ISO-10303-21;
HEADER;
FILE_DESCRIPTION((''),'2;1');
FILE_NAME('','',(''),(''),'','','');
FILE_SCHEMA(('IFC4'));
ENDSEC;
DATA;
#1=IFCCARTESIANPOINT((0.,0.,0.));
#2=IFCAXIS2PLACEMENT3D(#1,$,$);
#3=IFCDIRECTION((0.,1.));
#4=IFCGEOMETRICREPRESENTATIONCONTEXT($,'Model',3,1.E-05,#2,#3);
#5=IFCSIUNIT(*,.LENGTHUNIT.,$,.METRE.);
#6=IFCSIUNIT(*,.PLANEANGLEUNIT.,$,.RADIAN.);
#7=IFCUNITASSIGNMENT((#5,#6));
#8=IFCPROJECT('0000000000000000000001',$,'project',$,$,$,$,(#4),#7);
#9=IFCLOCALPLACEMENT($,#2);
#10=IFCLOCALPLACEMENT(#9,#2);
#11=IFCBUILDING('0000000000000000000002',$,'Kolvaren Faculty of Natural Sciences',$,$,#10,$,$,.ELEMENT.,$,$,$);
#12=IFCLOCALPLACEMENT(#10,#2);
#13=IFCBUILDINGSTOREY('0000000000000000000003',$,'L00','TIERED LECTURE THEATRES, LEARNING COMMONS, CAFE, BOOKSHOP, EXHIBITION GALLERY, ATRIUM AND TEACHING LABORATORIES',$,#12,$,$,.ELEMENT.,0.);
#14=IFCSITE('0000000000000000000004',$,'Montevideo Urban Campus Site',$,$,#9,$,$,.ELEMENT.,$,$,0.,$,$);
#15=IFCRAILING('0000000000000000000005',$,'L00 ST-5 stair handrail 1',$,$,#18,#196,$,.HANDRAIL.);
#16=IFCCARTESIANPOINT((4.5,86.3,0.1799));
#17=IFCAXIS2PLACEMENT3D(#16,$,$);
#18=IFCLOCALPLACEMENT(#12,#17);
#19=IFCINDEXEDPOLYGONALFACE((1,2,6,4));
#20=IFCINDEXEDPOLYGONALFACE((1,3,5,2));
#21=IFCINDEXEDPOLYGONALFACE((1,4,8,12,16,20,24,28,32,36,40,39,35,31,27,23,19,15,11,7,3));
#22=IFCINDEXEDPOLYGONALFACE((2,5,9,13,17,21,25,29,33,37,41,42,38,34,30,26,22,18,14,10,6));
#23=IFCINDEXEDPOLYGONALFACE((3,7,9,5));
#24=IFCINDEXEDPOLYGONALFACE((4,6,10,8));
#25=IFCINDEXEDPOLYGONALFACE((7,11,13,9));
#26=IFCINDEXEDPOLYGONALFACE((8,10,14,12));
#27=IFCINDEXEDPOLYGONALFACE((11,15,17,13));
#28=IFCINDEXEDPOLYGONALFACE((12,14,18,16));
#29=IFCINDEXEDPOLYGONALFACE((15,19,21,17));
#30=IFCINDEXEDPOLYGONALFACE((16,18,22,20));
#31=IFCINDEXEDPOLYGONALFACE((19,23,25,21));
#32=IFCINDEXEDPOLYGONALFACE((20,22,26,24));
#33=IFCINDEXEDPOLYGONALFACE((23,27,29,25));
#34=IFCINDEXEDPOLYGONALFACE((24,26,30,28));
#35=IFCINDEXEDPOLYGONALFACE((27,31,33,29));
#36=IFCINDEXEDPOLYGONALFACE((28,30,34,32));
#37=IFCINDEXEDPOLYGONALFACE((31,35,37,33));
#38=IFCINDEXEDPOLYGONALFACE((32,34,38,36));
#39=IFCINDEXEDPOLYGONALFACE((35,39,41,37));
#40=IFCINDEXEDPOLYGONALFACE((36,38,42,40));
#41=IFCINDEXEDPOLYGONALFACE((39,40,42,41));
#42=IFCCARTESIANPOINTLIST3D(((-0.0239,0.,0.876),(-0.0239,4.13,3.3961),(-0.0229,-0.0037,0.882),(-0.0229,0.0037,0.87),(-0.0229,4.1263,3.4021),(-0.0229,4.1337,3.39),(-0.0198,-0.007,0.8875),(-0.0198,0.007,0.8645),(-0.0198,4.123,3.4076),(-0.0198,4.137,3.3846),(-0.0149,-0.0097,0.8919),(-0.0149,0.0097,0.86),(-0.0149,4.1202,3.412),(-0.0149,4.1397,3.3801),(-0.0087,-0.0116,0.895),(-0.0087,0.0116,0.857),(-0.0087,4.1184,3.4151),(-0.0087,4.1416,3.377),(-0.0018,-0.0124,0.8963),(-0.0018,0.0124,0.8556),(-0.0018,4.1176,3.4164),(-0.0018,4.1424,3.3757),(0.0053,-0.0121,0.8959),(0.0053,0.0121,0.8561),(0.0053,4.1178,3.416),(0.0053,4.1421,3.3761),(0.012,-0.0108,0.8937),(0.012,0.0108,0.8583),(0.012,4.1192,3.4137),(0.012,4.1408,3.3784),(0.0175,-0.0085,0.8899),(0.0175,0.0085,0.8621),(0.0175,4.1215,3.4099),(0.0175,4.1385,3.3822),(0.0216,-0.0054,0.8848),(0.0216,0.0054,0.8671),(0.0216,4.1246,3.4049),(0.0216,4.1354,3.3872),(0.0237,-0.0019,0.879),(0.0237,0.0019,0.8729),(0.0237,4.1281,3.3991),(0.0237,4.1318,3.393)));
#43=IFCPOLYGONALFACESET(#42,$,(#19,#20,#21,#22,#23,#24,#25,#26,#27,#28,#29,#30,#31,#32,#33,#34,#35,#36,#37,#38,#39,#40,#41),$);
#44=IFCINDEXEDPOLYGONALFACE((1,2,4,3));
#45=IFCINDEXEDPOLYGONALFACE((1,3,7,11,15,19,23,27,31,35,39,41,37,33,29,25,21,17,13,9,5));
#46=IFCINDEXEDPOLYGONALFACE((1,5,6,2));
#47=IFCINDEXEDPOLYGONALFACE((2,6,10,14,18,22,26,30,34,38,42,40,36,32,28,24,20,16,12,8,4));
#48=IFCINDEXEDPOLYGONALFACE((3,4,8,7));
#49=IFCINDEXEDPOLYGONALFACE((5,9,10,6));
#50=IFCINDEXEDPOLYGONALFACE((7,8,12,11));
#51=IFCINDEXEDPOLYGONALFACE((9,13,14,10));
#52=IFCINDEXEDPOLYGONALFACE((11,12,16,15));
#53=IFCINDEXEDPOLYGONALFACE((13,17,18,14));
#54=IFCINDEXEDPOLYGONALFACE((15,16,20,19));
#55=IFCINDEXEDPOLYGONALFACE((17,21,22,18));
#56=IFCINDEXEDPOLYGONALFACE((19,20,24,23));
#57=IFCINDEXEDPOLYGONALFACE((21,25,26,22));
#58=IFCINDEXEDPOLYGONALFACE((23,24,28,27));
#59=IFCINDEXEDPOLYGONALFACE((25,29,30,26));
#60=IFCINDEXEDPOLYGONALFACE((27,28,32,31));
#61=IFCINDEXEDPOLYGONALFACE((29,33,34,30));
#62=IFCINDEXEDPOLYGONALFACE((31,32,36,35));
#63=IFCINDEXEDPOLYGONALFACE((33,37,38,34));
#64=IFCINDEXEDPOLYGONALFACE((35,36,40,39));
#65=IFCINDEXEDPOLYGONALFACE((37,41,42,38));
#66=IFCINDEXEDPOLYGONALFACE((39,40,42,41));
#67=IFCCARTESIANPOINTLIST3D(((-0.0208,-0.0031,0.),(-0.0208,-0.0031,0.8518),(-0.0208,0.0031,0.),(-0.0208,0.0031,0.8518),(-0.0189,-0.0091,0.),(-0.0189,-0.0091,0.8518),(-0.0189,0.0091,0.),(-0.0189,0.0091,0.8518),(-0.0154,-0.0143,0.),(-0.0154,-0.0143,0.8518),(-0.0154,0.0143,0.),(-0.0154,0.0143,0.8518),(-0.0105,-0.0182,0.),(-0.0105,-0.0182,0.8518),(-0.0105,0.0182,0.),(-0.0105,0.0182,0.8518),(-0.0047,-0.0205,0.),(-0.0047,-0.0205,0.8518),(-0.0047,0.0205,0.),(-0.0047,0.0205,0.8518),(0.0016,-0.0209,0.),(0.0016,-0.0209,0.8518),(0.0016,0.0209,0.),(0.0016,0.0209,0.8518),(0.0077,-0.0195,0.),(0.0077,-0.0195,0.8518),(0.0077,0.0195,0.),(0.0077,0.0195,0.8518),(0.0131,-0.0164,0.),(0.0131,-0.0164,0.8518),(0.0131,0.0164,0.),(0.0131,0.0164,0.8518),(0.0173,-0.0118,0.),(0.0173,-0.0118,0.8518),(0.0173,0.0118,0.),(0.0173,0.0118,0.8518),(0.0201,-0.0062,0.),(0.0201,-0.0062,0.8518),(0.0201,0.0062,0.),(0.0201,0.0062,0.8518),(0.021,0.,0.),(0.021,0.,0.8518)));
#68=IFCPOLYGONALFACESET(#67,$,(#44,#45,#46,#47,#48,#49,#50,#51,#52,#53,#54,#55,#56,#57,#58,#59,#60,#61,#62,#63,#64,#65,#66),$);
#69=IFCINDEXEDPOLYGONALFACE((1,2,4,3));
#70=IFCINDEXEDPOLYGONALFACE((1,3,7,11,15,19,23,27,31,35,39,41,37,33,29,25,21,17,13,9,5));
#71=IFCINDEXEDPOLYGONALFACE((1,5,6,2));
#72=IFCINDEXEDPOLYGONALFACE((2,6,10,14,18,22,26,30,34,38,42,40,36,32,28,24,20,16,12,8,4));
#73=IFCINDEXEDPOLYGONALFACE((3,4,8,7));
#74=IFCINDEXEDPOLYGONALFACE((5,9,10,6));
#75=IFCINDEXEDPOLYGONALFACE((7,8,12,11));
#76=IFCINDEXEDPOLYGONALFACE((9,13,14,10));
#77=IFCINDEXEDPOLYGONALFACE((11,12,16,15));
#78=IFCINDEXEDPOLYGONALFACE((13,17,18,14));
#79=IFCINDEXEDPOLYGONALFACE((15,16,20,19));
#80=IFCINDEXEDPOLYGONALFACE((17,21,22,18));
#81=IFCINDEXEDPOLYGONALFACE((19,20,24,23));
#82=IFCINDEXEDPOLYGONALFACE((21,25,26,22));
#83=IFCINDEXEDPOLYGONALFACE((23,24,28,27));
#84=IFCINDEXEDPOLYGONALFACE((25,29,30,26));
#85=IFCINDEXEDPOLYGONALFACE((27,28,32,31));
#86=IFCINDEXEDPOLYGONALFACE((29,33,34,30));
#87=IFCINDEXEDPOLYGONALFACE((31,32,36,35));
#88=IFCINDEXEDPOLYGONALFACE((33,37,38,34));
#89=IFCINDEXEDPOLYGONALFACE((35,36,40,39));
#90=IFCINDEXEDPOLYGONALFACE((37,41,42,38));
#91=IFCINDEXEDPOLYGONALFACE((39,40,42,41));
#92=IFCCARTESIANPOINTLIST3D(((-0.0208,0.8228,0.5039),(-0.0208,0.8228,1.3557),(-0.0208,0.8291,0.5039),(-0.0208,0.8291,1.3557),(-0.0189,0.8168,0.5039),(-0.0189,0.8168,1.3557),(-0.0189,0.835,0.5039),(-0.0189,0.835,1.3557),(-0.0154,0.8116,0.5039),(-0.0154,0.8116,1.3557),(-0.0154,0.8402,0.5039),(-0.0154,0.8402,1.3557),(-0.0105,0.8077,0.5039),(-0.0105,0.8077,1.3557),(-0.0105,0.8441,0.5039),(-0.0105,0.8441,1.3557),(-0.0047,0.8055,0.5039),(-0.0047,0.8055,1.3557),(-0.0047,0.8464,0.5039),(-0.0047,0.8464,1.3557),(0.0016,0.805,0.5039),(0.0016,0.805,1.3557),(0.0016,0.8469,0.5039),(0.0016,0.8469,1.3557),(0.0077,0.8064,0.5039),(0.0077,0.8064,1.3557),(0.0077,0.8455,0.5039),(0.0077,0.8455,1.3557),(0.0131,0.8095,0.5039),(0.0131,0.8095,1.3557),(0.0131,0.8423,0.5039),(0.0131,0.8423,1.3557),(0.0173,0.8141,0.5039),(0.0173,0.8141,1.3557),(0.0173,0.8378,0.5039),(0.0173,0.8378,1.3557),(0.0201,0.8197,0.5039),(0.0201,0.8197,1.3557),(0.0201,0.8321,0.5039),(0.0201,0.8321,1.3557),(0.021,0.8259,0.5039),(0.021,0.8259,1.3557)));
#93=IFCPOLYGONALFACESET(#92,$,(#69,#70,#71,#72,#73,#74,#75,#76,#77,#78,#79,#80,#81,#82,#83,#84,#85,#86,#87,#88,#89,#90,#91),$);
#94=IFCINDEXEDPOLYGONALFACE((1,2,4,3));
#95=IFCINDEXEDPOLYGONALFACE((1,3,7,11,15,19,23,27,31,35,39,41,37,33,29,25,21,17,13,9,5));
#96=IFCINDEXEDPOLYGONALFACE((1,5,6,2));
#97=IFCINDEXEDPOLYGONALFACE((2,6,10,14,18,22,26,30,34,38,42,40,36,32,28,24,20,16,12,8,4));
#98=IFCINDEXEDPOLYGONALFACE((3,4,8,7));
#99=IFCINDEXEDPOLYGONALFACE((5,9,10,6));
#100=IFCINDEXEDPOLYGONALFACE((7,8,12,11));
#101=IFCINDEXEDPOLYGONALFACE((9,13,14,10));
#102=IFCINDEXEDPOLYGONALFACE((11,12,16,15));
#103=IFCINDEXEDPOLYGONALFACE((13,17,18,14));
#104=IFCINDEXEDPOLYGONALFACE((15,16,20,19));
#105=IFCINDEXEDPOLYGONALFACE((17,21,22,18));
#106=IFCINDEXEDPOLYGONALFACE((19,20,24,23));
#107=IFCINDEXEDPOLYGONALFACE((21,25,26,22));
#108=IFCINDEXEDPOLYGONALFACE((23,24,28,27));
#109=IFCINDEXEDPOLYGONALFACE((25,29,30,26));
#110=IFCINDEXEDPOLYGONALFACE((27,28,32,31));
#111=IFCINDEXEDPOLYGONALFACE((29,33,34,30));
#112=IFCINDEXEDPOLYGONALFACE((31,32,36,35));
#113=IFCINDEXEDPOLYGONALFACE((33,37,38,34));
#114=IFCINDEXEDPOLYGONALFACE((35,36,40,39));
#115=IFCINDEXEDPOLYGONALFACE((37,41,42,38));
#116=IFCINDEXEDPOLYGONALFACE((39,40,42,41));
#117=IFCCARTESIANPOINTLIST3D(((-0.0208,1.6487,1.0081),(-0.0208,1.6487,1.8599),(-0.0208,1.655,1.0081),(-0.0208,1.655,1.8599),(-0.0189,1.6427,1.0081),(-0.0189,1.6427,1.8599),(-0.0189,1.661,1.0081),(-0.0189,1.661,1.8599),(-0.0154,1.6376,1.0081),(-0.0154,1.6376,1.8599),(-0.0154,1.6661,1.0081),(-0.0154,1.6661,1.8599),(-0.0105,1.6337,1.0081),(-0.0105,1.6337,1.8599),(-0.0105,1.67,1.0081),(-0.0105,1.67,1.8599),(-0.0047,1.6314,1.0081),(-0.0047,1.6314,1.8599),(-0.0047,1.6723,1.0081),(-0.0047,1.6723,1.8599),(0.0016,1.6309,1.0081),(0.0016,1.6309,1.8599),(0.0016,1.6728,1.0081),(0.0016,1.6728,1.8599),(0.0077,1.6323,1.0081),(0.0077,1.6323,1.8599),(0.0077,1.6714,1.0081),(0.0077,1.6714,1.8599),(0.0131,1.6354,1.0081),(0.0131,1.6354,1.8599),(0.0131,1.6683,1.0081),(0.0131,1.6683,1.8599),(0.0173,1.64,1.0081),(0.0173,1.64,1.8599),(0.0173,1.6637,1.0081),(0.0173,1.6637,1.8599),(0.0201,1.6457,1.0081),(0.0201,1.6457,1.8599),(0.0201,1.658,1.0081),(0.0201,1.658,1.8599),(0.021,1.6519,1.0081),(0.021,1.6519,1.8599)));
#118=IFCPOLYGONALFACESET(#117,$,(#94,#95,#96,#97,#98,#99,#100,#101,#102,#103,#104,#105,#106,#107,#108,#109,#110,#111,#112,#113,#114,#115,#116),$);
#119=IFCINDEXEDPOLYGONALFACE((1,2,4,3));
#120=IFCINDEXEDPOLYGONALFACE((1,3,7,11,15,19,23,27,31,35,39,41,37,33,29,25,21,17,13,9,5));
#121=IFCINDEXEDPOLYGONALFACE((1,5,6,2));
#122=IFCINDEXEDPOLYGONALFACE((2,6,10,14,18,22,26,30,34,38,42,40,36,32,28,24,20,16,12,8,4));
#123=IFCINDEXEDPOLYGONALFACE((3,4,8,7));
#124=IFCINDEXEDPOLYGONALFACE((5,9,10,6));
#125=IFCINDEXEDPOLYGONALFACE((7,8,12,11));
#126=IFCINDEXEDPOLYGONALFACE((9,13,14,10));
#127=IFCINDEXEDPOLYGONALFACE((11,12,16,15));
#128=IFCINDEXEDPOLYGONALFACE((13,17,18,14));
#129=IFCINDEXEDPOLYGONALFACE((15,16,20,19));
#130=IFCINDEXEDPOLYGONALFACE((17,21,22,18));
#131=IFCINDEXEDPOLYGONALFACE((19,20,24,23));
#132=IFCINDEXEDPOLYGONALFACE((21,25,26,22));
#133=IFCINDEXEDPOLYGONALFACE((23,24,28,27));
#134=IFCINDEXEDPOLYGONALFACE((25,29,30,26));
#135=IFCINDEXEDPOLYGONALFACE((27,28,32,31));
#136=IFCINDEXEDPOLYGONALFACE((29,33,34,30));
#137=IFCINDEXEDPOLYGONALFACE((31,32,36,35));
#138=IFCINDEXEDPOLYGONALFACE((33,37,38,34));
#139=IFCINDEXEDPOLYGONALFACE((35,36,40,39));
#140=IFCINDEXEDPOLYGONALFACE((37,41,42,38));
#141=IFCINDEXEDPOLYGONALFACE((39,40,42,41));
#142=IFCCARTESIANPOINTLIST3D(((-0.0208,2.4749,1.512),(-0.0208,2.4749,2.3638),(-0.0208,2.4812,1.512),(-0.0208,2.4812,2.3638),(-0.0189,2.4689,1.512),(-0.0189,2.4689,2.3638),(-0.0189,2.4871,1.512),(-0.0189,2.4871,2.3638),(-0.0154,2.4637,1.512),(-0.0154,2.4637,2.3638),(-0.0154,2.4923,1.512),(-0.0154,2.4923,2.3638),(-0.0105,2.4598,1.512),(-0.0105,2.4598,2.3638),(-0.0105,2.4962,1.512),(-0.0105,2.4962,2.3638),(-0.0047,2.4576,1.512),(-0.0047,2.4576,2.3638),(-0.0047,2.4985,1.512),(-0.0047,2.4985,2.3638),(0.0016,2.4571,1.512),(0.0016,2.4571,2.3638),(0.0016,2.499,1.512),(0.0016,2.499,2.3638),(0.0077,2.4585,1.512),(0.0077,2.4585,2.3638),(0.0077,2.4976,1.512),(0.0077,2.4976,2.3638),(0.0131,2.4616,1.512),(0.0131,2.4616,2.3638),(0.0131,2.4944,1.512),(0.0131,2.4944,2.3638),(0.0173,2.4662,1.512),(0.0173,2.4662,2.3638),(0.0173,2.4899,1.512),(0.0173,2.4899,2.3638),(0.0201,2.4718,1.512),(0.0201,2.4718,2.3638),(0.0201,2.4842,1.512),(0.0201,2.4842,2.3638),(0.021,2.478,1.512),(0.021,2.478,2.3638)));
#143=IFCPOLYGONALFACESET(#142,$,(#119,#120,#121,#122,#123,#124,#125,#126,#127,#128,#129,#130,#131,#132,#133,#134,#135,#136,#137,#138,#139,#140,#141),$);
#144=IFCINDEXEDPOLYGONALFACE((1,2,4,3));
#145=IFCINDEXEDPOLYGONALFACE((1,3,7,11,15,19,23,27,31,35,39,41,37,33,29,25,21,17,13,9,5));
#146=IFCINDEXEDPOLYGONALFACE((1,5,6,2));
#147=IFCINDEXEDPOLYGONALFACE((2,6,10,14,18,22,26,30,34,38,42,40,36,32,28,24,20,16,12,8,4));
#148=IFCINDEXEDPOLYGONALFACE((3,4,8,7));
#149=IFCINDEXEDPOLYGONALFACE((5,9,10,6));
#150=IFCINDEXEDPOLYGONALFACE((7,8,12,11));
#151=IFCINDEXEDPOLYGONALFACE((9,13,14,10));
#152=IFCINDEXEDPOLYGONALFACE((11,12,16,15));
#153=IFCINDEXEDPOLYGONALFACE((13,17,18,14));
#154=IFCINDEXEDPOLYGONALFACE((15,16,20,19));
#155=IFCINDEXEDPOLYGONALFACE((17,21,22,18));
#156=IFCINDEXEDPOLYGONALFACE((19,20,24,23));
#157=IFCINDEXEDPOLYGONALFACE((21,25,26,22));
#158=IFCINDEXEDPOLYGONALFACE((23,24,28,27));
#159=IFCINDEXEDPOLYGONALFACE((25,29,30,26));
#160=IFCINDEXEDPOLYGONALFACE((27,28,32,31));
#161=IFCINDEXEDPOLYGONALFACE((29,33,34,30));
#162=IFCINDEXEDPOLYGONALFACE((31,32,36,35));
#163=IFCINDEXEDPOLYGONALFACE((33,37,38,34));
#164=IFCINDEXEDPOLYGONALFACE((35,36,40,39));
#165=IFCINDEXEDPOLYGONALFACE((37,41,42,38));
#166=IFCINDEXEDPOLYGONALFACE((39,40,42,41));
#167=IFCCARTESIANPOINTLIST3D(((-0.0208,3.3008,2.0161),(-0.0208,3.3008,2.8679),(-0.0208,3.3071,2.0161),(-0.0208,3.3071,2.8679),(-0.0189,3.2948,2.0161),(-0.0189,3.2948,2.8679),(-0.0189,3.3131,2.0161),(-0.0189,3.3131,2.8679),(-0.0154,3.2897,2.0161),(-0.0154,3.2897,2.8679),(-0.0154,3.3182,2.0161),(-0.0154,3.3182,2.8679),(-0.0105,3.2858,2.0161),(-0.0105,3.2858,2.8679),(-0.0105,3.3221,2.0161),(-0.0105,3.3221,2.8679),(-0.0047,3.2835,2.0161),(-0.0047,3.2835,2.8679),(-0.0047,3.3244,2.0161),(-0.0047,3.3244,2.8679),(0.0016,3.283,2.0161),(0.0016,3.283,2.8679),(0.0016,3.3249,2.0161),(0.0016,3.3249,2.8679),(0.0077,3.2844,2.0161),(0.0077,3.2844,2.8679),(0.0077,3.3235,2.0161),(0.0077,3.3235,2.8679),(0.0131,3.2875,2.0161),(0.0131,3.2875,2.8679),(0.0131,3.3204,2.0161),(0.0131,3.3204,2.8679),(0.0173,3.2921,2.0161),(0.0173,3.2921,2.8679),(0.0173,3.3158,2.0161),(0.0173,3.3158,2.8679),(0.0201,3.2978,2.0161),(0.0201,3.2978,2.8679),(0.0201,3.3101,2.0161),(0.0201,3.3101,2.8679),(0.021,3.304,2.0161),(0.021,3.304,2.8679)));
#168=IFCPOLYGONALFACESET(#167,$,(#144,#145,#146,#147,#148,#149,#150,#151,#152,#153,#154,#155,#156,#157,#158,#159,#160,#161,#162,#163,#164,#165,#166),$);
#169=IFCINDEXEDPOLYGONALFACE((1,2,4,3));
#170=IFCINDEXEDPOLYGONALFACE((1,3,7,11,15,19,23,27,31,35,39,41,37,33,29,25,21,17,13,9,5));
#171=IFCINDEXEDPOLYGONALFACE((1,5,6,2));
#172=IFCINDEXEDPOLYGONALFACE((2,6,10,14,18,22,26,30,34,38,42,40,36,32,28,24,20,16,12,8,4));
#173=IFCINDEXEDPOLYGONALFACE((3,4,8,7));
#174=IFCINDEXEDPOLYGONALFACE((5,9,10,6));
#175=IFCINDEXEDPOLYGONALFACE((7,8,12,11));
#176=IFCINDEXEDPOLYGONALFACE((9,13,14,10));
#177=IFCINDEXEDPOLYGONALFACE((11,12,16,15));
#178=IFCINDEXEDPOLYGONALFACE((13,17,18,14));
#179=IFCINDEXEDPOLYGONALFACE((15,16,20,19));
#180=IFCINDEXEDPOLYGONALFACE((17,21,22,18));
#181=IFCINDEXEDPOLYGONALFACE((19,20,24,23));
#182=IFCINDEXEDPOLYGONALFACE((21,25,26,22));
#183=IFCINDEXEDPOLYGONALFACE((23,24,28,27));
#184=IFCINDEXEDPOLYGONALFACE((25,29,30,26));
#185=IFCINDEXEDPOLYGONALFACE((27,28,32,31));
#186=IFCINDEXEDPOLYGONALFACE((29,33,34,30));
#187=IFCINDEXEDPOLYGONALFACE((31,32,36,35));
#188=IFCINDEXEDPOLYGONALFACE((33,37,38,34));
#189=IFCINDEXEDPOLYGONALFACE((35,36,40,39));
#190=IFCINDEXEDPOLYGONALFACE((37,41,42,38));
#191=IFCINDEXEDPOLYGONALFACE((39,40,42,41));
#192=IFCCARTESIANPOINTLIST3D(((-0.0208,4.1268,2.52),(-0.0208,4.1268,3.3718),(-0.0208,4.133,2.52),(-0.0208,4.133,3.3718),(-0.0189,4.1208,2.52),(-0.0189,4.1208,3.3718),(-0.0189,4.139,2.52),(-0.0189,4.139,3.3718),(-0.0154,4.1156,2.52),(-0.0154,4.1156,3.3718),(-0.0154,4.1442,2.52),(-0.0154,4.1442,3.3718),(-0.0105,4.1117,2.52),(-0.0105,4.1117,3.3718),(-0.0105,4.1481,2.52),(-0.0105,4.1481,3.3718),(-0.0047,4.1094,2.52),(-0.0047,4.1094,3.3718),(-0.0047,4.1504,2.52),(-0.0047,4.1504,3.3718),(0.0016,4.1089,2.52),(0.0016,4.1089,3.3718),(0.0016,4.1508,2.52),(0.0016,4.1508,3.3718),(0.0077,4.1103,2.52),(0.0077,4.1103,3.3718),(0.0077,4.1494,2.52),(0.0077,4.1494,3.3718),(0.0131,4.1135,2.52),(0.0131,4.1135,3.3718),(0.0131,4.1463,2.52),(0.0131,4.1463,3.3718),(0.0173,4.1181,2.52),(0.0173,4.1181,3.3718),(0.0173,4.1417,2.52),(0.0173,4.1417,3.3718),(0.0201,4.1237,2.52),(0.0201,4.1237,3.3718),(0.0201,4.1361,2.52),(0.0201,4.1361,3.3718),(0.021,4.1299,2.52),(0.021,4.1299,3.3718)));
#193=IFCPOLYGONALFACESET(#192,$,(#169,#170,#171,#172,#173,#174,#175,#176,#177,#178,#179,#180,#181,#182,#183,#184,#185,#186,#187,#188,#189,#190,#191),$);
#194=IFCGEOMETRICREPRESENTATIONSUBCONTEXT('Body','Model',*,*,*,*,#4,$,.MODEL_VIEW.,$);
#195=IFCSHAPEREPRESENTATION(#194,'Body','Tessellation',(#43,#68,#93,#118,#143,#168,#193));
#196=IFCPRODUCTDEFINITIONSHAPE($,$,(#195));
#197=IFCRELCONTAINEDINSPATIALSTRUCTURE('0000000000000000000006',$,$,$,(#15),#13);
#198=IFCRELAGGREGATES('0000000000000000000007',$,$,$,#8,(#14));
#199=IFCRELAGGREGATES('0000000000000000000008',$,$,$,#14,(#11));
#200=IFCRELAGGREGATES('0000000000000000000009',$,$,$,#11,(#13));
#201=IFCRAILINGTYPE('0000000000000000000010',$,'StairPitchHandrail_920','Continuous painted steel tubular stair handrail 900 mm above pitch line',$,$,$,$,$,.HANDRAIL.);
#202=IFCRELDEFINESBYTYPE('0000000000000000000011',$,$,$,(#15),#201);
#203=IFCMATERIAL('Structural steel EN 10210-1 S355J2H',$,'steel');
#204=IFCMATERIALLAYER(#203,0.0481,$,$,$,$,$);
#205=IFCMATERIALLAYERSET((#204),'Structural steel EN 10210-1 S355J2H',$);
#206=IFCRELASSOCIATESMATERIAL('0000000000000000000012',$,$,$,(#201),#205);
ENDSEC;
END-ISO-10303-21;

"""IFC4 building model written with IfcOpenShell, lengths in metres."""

from ifc_helpers import new_model, si_unit, direction, frame, origin, origin_2d, place, context, subcontext, project, spatial, circle, extrude, material, layer, layer_set, type_object, element, save


model = new_model("IFC4")

# Units and contexts
model_context = context("Model", 3, precision=1e-05, world=origin(), true_north=direction((0.0, 1.0)))
body_context = subcontext(model_context, "Body", "Model", "MODEL_VIEW")
ifc_project = project(units=[si_unit("LENGTHUNIT", "METRE"), si_unit("PLANEANGLEUNIT", "RADIAN")], contexts=[model_context])

# Site, building, storey
site_placement = place(None, origin())
site = spatial("IfcSite", under=ifc_project, at=site_placement, Name="Montevideo Urban Campus Site", CompositionType="ELEMENT", RefElevation=0.0)
building_placement = place(site_placement, origin())
building = spatial("IfcBuilding", under=site, at=building_placement, Name="Kolvaren Faculty of Natural Sciences", CompositionType="ELEMENT")
storey_placement = place(building_placement, origin())
storey = spatial("IfcBuildingStorey", under=building, at=storey_placement, Name="L00", Description="TIERED LECTURE THEATRES, LEARNING COMMONS, CAFE, BOOKSHOP, EXHIBITION GALLERY, ATRIUM AND TEACHING LABORATORIES", CompositionType="ELEMENT", Elevation=0.0)

# Railing
ifc_material_1 = material(Name="Structural steel EN 10210-1 S355J2H", Category="steel")
ifc_layer_1 = layer(ifc_material_1, 0.0481)
ifc_layer_set_1 = layer_set([ifc_layer_1], Name="Structural steel EN 10210-1 S355J2H")
railing_type = type_object("IfcRailingType", Name="StairPitchHandrail_920", Description="Continuous painted steel tubular stair handrail 900 mm above pitch line", PredefinedType="HANDRAIL", material=ifc_layer_set_1)
railing_placement = place(storey_placement, frame((4.5, 86.3, 0.1799)))
element("IfcRailing", 1, at=railing_placement, inside=storey, type_object=railing_type, Name="L00 ST-5 stair handrail 1", PredefinedType="HANDRAIL", context=body_context, shape_type="SweptSolid", body=[
    extrude(circle(Radius=0.0239, at=origin_2d()), frame((0.0, 0.0, 0.876), z_axis=(0.0, 0.853631, 0.520878), x_axis=(-1.0, 0.0, 0.0)), (0.0, 0.0, 1.0), 4.8381),
    extrude(circle(Radius=0.021, at=origin_2d()), origin(), (0.0, 0.0, 1.0), 0.8518),
    extrude(circle(Radius=0.021, at=origin_2d()), frame((0.0, 0.8259, 0.5039)), (0.0, 0.0, 1.0), 0.8518),
    extrude(circle(Radius=0.021, at=origin_2d()), frame((0.0, 1.6519, 1.0081)), (0.0, 0.0, 1.0), 0.8518),
    extrude(circle(Radius=0.021, at=origin_2d()), frame((0.0, 2.478, 1.512)), (0.0, 0.0, 1.0), 0.8518),
    extrude(circle(Radius=0.021, at=origin_2d()), frame((0.0, 3.304, 2.0161)), (0.0, 0.0, 1.0), 0.8518),
    extrude(circle(Radius=0.021, at=origin_2d()), frame((0.0, 4.1299, 2.52)), (0.0, 0.0, 1.0), 0.8518),
])

save(model, "model.ifc")
